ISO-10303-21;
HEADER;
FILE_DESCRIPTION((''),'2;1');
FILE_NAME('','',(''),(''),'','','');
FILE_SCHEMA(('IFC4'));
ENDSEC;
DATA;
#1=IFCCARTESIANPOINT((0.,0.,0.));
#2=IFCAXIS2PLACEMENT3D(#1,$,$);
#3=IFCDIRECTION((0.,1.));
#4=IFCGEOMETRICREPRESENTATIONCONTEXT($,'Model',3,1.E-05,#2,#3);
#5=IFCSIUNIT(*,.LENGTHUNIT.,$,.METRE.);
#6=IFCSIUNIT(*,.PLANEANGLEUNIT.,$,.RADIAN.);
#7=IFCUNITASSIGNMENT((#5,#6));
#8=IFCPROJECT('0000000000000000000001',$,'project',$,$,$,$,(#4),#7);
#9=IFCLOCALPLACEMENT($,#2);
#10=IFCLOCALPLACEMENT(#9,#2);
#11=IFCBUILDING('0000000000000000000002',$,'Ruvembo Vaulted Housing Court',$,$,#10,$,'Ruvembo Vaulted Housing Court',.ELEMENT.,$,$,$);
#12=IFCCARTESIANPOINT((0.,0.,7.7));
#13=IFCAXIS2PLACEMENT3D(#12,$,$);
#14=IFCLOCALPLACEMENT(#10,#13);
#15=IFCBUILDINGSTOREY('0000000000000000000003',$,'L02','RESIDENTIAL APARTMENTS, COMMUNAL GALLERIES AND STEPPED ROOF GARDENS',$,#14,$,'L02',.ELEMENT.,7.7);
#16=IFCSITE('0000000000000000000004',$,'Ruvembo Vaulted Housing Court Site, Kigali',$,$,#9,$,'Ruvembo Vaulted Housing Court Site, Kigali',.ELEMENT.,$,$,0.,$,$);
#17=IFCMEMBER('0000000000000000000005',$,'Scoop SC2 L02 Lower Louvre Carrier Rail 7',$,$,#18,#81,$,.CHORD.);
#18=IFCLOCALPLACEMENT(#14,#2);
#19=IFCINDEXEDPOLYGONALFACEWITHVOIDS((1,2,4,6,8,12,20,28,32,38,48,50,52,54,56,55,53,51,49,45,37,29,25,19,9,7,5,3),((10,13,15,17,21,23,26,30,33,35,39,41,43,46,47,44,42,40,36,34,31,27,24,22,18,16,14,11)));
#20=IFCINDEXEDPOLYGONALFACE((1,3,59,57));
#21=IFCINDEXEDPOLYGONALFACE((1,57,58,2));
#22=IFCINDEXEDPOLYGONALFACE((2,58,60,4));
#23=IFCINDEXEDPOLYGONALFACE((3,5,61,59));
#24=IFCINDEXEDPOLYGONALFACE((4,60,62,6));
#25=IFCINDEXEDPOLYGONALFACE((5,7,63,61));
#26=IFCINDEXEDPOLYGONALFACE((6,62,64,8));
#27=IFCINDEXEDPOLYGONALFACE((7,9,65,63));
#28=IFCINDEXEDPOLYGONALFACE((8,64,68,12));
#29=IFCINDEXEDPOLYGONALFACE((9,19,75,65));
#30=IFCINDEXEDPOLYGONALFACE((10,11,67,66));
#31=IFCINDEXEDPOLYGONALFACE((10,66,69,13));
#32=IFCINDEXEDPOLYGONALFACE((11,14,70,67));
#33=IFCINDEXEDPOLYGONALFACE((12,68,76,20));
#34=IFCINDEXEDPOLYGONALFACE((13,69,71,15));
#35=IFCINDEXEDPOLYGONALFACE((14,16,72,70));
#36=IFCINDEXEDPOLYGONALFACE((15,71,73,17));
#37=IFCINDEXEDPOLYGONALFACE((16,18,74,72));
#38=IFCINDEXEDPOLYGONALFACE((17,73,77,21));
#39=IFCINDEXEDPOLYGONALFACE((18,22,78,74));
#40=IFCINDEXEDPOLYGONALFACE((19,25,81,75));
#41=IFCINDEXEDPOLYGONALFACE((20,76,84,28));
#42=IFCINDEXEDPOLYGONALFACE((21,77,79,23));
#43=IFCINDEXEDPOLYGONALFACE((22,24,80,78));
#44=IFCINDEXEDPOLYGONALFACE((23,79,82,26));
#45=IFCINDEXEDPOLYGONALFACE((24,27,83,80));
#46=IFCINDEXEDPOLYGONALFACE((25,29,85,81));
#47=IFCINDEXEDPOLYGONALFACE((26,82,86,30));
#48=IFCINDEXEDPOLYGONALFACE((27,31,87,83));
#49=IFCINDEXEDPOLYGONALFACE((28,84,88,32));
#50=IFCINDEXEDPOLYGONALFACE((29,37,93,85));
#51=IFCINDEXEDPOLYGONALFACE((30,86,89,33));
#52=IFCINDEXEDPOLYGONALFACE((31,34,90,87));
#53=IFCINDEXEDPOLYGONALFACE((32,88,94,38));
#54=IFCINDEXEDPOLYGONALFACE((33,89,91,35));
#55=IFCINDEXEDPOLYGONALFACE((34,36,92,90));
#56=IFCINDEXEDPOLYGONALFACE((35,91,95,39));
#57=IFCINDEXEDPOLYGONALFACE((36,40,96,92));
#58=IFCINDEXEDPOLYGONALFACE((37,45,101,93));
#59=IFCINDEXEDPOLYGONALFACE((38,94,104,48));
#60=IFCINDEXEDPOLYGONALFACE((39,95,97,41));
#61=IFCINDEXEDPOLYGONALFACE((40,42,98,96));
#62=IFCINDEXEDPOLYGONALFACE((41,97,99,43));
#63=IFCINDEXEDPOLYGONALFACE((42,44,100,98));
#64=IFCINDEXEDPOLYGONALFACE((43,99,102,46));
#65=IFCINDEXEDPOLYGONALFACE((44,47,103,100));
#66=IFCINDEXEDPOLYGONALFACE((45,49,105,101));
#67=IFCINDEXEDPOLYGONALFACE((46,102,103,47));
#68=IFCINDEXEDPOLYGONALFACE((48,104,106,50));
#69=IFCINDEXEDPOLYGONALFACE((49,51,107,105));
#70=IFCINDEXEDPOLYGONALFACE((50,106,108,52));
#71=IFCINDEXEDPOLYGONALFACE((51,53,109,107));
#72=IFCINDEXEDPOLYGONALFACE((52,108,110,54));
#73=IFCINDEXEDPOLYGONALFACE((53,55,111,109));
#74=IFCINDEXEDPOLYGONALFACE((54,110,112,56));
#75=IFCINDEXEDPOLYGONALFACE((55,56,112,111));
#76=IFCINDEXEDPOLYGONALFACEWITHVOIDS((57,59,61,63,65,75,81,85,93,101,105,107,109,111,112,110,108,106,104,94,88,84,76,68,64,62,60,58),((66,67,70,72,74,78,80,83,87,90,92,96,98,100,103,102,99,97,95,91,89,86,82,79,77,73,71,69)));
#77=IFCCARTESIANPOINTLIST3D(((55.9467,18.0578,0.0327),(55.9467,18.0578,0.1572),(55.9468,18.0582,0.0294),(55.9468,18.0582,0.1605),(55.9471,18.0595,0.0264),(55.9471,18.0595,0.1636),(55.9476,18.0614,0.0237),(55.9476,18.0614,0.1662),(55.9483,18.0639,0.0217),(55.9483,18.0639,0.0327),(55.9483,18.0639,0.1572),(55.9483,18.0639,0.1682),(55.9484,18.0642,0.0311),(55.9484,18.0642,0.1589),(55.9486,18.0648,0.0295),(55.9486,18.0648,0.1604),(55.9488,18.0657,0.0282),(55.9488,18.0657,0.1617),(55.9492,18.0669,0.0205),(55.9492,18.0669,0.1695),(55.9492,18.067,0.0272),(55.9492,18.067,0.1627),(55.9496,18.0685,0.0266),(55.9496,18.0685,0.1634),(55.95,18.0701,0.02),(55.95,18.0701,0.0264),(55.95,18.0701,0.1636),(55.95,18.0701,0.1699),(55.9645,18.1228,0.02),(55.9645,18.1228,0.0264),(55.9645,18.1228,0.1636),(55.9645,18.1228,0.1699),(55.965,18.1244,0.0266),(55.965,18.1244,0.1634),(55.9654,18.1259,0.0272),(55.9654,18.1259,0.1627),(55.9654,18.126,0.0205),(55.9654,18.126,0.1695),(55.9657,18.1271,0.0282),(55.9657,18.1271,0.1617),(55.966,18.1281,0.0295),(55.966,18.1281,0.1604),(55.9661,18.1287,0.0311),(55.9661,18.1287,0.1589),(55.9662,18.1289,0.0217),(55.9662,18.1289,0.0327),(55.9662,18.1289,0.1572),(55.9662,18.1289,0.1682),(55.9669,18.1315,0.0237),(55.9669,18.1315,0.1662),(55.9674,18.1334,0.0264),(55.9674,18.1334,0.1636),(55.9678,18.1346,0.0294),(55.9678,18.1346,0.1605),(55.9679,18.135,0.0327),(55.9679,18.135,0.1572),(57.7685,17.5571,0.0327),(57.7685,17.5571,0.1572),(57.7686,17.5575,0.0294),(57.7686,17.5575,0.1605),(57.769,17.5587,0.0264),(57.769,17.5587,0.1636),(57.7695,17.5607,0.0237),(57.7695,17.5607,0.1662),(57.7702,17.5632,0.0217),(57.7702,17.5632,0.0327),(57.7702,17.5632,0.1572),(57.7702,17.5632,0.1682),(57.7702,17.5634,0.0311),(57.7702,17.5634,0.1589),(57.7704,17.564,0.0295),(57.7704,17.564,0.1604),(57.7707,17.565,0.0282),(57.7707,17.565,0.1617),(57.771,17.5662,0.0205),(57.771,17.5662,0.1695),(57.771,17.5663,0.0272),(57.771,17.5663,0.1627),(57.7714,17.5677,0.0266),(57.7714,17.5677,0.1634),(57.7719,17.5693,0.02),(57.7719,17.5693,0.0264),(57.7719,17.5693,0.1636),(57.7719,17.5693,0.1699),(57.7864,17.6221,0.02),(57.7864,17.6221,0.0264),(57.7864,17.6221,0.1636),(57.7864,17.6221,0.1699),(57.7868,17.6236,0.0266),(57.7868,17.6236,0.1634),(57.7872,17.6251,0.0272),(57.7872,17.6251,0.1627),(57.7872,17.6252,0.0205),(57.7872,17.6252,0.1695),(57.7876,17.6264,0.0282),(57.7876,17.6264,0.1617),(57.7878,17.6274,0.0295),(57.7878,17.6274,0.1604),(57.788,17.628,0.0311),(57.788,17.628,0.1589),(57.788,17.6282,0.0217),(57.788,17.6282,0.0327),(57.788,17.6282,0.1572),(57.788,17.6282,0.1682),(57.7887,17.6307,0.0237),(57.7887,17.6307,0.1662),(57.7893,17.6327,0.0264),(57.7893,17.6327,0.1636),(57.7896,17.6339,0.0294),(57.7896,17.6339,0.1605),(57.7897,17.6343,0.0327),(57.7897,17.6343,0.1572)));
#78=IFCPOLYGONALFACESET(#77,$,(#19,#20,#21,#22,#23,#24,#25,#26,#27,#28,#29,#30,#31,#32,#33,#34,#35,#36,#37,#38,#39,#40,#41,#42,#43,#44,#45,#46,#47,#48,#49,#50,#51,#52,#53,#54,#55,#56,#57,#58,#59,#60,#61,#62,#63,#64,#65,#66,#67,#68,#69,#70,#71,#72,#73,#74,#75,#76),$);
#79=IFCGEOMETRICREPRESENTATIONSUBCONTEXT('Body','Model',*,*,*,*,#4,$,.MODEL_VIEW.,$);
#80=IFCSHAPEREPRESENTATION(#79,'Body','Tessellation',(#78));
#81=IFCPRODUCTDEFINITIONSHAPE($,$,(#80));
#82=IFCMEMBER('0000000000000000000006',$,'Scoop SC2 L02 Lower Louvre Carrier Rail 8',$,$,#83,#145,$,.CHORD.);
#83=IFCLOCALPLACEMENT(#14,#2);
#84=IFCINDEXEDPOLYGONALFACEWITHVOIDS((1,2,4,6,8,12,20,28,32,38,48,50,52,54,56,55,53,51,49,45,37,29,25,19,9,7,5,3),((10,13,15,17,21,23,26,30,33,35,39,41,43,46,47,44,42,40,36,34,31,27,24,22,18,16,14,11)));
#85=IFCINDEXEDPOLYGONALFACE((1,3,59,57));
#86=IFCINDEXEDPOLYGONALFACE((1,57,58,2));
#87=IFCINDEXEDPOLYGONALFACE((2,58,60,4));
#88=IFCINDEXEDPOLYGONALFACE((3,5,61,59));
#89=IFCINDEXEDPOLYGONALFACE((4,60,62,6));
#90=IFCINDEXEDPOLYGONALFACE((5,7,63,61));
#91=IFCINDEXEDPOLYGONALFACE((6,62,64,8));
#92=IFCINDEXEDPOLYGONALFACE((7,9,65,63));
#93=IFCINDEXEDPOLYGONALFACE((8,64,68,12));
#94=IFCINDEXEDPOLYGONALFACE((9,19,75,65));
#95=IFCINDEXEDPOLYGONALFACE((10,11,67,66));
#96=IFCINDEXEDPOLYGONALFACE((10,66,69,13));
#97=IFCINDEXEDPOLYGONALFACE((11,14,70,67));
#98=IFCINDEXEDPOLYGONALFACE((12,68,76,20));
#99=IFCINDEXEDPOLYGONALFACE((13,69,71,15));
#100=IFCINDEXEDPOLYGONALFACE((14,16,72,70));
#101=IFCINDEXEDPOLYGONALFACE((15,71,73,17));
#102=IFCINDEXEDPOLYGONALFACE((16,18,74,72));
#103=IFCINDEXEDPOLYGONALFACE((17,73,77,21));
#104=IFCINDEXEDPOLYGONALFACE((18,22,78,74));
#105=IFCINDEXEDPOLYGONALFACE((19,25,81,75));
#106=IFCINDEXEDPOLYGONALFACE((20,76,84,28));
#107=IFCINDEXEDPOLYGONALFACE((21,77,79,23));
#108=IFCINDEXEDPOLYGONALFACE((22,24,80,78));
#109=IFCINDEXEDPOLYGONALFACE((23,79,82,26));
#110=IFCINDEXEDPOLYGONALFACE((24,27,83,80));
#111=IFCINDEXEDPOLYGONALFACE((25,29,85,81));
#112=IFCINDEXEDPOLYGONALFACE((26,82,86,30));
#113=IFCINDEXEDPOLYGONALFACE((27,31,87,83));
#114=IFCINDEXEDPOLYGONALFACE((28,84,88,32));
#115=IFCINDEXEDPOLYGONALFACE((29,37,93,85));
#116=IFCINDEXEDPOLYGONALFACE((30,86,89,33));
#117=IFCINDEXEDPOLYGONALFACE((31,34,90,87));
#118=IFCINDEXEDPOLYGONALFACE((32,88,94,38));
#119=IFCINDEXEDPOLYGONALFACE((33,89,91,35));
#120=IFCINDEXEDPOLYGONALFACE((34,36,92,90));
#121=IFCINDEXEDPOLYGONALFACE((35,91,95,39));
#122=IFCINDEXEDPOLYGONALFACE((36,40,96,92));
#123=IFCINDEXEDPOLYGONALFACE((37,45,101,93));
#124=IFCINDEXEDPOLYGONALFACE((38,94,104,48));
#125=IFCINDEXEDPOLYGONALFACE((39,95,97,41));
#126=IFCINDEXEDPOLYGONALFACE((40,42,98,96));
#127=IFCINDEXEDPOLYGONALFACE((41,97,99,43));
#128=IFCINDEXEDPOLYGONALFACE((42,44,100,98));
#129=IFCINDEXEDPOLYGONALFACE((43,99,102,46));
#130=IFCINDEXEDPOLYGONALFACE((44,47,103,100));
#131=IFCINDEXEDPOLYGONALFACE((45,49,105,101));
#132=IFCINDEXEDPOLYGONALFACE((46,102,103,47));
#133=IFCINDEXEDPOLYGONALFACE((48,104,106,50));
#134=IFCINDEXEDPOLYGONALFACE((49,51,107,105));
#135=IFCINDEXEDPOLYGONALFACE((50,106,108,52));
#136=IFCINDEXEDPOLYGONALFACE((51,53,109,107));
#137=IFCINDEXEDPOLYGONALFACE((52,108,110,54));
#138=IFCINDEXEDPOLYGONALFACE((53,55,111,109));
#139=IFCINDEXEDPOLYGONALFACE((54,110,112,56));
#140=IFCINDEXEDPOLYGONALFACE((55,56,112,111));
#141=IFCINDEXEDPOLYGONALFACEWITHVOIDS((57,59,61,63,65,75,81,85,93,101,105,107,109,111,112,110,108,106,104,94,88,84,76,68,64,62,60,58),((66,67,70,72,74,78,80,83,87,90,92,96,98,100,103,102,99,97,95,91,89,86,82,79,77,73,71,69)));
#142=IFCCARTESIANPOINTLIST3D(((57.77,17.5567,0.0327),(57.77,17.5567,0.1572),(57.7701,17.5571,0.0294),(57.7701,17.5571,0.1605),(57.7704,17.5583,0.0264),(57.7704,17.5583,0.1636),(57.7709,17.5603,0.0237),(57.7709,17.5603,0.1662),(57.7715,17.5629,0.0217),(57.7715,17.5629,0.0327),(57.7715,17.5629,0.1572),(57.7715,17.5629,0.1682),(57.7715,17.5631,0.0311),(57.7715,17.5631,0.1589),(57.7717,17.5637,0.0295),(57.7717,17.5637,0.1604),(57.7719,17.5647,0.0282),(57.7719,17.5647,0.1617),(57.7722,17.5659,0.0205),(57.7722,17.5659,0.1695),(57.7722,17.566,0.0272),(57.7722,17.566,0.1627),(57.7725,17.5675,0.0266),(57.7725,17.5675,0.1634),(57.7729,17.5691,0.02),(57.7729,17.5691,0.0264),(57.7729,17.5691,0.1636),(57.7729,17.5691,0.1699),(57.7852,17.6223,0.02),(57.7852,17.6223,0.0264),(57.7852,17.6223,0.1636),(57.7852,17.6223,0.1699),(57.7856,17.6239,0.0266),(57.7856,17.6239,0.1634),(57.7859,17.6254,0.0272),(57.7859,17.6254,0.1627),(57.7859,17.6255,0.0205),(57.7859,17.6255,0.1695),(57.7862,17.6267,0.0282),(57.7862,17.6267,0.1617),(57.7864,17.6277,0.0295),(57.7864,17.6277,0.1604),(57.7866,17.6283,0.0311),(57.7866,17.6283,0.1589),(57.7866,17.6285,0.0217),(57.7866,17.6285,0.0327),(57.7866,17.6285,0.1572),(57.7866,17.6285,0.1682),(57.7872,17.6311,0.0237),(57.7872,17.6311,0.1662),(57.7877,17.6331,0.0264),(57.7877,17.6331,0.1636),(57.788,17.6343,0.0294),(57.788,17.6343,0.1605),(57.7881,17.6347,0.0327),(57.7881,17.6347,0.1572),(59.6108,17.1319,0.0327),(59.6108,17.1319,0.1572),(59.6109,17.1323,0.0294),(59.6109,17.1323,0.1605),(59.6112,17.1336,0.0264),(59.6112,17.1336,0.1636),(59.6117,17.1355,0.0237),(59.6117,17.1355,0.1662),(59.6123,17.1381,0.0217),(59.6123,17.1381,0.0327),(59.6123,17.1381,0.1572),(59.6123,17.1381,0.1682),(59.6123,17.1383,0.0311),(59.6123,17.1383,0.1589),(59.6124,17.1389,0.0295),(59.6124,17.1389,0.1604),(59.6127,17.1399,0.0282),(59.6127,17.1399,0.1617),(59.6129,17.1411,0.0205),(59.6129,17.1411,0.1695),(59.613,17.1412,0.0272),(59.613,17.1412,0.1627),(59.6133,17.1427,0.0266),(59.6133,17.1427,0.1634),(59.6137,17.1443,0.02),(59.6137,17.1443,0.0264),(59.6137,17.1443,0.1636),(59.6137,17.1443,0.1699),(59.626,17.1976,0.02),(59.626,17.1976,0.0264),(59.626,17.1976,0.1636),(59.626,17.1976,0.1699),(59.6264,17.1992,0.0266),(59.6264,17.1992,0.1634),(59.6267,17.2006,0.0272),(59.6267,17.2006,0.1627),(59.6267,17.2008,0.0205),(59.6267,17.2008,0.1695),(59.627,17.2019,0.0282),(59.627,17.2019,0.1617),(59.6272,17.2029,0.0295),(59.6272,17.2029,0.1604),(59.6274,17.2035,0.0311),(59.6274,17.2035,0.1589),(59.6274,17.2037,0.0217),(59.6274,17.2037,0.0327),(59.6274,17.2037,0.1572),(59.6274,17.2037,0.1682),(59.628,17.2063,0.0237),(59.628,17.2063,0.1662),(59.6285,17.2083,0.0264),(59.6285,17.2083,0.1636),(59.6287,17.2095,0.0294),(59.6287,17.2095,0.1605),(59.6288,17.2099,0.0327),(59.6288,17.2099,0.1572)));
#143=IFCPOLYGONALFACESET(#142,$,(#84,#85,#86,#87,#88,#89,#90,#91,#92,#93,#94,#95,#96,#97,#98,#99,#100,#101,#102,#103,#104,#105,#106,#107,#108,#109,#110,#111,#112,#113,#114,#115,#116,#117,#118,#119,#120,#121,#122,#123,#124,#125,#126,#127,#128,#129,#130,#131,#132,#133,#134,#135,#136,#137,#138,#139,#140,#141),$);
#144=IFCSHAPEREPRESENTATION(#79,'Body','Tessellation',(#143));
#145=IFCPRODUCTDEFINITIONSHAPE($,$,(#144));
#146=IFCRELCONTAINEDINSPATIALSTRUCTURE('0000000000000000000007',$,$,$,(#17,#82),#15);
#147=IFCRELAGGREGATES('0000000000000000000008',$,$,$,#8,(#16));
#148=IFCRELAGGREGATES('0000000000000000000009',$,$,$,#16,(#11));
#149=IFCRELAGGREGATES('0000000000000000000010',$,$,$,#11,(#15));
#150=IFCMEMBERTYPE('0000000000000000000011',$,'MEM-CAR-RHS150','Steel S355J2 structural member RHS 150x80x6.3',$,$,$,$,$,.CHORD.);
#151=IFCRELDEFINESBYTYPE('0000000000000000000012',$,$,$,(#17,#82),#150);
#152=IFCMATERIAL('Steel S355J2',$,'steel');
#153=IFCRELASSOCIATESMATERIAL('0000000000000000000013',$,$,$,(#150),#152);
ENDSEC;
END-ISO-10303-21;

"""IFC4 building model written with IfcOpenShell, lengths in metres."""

from ifc_helpers import new_model, si_unit, direction, frame, origin, origin_2d, place, context, subcontext, project, spatial, hollow_rectangle, extrude, material, material_profile, profile_set, type_object, element, save


model = new_model("IFC4")

# Units and contexts
model_context = context("Model", 3, precision=1e-05, world=origin(), true_north=direction((0.0, 1.0)))
body_context = subcontext(model_context, "Body", "Model", "MODEL_VIEW")
ifc_project = project(units=[si_unit("LENGTHUNIT", "METRE"), si_unit("PLANEANGLEUNIT", "RADIAN")], contexts=[model_context])

# Site, building, storey
site_placement = place(None, origin())
site = spatial("IfcSite", under=ifc_project, at=site_placement, Name="Ruvembo Vaulted Housing Court Site, Kigali", LongName="Ruvembo Vaulted Housing Court Site, Kigali", CompositionType="ELEMENT", RefElevation=0.0)
building_placement = place(site_placement, origin())
building = spatial("IfcBuilding", under=site, at=building_placement, Name="Ruvembo Vaulted Housing Court", LongName="Ruvembo Vaulted Housing Court", CompositionType="ELEMENT")
storey_placement = place(building_placement, frame((0.0, 0.0, 7.7)))
storey = spatial("IfcBuildingStorey", under=building, at=storey_placement, Name="L02", Description="RESIDENTIAL APARTMENTS, COMMUNAL GALLERIES AND STEPPED ROOF GARDENS", LongName="L02", CompositionType="ELEMENT", Elevation=7.7)

# Shared definitions
ifc_material_1 = material(Name="Steel S355J2", Category="steel")

# Members
ifc_material_profile_1 = material_profile(ifc_material_1, hollow_rectangle(XDim=0.0801, YDim=0.1499, WallThickness=0.0063, InnerFilletRadius=0.0063, OuterFilletRadius=0.0127, at=origin_2d()), Name="RHS 150x80x6.3")
ifc_profile_set_1 = profile_set([ifc_material_profile_1], Name="Steel S355J2")
member_type_1 = type_object("IfcMemberType", Name="MEM-CAR-RHS150", Description="Steel S355J2 structural member RHS 150x80x6.3", PredefinedType="CHORD", material=ifc_profile_set_1)
member_1_placement = place(storey_placement, frame((55.9573, 18.0964, 0.095), z_axis=(0.96424, -0.26503, 0.0), x_axis=(0.26503, 0.96424, 0.0)))
element("IfcMember", 1, at=member_1_placement, inside=storey, type_object=member_type_1, Name="Scoop SC2 L02 Lower Louvre Carrier Rail 7", PredefinedType="CHORD", context=body_context, shape_type="SweptSolid", body=[
    extrude(hollow_rectangle(XDim=0.0801, YDim=0.1499, WallThickness=0.0063, InnerFilletRadius=0.0063, OuterFilletRadius=0.0127, at=origin_2d()), origin(), (0.0, 0.0, 1.0), 1.8894),
])
member_2_placement = place(storey_placement, frame((57.7791, 17.5957, 0.095), z_axis=(0.974391, -0.22486, 0.0), x_axis=(0.22486, 0.974391, 0.0)))
element("IfcMember", 2, at=member_2_placement, inside=storey, type_object=member_type_1, Name="Scoop SC2 L02 Lower Louvre Carrier Rail 8", PredefinedType="CHORD", context=body_context, shape_type="SweptSolid", body=[
    extrude(hollow_rectangle(XDim=0.0801, YDim=0.1499, WallThickness=0.0063, InnerFilletRadius=0.0063, OuterFilletRadius=0.0127, at=origin_2d()), origin(), (0.0, 0.0, 1.0), 1.8892),
])

save(model, "model.ifc")
